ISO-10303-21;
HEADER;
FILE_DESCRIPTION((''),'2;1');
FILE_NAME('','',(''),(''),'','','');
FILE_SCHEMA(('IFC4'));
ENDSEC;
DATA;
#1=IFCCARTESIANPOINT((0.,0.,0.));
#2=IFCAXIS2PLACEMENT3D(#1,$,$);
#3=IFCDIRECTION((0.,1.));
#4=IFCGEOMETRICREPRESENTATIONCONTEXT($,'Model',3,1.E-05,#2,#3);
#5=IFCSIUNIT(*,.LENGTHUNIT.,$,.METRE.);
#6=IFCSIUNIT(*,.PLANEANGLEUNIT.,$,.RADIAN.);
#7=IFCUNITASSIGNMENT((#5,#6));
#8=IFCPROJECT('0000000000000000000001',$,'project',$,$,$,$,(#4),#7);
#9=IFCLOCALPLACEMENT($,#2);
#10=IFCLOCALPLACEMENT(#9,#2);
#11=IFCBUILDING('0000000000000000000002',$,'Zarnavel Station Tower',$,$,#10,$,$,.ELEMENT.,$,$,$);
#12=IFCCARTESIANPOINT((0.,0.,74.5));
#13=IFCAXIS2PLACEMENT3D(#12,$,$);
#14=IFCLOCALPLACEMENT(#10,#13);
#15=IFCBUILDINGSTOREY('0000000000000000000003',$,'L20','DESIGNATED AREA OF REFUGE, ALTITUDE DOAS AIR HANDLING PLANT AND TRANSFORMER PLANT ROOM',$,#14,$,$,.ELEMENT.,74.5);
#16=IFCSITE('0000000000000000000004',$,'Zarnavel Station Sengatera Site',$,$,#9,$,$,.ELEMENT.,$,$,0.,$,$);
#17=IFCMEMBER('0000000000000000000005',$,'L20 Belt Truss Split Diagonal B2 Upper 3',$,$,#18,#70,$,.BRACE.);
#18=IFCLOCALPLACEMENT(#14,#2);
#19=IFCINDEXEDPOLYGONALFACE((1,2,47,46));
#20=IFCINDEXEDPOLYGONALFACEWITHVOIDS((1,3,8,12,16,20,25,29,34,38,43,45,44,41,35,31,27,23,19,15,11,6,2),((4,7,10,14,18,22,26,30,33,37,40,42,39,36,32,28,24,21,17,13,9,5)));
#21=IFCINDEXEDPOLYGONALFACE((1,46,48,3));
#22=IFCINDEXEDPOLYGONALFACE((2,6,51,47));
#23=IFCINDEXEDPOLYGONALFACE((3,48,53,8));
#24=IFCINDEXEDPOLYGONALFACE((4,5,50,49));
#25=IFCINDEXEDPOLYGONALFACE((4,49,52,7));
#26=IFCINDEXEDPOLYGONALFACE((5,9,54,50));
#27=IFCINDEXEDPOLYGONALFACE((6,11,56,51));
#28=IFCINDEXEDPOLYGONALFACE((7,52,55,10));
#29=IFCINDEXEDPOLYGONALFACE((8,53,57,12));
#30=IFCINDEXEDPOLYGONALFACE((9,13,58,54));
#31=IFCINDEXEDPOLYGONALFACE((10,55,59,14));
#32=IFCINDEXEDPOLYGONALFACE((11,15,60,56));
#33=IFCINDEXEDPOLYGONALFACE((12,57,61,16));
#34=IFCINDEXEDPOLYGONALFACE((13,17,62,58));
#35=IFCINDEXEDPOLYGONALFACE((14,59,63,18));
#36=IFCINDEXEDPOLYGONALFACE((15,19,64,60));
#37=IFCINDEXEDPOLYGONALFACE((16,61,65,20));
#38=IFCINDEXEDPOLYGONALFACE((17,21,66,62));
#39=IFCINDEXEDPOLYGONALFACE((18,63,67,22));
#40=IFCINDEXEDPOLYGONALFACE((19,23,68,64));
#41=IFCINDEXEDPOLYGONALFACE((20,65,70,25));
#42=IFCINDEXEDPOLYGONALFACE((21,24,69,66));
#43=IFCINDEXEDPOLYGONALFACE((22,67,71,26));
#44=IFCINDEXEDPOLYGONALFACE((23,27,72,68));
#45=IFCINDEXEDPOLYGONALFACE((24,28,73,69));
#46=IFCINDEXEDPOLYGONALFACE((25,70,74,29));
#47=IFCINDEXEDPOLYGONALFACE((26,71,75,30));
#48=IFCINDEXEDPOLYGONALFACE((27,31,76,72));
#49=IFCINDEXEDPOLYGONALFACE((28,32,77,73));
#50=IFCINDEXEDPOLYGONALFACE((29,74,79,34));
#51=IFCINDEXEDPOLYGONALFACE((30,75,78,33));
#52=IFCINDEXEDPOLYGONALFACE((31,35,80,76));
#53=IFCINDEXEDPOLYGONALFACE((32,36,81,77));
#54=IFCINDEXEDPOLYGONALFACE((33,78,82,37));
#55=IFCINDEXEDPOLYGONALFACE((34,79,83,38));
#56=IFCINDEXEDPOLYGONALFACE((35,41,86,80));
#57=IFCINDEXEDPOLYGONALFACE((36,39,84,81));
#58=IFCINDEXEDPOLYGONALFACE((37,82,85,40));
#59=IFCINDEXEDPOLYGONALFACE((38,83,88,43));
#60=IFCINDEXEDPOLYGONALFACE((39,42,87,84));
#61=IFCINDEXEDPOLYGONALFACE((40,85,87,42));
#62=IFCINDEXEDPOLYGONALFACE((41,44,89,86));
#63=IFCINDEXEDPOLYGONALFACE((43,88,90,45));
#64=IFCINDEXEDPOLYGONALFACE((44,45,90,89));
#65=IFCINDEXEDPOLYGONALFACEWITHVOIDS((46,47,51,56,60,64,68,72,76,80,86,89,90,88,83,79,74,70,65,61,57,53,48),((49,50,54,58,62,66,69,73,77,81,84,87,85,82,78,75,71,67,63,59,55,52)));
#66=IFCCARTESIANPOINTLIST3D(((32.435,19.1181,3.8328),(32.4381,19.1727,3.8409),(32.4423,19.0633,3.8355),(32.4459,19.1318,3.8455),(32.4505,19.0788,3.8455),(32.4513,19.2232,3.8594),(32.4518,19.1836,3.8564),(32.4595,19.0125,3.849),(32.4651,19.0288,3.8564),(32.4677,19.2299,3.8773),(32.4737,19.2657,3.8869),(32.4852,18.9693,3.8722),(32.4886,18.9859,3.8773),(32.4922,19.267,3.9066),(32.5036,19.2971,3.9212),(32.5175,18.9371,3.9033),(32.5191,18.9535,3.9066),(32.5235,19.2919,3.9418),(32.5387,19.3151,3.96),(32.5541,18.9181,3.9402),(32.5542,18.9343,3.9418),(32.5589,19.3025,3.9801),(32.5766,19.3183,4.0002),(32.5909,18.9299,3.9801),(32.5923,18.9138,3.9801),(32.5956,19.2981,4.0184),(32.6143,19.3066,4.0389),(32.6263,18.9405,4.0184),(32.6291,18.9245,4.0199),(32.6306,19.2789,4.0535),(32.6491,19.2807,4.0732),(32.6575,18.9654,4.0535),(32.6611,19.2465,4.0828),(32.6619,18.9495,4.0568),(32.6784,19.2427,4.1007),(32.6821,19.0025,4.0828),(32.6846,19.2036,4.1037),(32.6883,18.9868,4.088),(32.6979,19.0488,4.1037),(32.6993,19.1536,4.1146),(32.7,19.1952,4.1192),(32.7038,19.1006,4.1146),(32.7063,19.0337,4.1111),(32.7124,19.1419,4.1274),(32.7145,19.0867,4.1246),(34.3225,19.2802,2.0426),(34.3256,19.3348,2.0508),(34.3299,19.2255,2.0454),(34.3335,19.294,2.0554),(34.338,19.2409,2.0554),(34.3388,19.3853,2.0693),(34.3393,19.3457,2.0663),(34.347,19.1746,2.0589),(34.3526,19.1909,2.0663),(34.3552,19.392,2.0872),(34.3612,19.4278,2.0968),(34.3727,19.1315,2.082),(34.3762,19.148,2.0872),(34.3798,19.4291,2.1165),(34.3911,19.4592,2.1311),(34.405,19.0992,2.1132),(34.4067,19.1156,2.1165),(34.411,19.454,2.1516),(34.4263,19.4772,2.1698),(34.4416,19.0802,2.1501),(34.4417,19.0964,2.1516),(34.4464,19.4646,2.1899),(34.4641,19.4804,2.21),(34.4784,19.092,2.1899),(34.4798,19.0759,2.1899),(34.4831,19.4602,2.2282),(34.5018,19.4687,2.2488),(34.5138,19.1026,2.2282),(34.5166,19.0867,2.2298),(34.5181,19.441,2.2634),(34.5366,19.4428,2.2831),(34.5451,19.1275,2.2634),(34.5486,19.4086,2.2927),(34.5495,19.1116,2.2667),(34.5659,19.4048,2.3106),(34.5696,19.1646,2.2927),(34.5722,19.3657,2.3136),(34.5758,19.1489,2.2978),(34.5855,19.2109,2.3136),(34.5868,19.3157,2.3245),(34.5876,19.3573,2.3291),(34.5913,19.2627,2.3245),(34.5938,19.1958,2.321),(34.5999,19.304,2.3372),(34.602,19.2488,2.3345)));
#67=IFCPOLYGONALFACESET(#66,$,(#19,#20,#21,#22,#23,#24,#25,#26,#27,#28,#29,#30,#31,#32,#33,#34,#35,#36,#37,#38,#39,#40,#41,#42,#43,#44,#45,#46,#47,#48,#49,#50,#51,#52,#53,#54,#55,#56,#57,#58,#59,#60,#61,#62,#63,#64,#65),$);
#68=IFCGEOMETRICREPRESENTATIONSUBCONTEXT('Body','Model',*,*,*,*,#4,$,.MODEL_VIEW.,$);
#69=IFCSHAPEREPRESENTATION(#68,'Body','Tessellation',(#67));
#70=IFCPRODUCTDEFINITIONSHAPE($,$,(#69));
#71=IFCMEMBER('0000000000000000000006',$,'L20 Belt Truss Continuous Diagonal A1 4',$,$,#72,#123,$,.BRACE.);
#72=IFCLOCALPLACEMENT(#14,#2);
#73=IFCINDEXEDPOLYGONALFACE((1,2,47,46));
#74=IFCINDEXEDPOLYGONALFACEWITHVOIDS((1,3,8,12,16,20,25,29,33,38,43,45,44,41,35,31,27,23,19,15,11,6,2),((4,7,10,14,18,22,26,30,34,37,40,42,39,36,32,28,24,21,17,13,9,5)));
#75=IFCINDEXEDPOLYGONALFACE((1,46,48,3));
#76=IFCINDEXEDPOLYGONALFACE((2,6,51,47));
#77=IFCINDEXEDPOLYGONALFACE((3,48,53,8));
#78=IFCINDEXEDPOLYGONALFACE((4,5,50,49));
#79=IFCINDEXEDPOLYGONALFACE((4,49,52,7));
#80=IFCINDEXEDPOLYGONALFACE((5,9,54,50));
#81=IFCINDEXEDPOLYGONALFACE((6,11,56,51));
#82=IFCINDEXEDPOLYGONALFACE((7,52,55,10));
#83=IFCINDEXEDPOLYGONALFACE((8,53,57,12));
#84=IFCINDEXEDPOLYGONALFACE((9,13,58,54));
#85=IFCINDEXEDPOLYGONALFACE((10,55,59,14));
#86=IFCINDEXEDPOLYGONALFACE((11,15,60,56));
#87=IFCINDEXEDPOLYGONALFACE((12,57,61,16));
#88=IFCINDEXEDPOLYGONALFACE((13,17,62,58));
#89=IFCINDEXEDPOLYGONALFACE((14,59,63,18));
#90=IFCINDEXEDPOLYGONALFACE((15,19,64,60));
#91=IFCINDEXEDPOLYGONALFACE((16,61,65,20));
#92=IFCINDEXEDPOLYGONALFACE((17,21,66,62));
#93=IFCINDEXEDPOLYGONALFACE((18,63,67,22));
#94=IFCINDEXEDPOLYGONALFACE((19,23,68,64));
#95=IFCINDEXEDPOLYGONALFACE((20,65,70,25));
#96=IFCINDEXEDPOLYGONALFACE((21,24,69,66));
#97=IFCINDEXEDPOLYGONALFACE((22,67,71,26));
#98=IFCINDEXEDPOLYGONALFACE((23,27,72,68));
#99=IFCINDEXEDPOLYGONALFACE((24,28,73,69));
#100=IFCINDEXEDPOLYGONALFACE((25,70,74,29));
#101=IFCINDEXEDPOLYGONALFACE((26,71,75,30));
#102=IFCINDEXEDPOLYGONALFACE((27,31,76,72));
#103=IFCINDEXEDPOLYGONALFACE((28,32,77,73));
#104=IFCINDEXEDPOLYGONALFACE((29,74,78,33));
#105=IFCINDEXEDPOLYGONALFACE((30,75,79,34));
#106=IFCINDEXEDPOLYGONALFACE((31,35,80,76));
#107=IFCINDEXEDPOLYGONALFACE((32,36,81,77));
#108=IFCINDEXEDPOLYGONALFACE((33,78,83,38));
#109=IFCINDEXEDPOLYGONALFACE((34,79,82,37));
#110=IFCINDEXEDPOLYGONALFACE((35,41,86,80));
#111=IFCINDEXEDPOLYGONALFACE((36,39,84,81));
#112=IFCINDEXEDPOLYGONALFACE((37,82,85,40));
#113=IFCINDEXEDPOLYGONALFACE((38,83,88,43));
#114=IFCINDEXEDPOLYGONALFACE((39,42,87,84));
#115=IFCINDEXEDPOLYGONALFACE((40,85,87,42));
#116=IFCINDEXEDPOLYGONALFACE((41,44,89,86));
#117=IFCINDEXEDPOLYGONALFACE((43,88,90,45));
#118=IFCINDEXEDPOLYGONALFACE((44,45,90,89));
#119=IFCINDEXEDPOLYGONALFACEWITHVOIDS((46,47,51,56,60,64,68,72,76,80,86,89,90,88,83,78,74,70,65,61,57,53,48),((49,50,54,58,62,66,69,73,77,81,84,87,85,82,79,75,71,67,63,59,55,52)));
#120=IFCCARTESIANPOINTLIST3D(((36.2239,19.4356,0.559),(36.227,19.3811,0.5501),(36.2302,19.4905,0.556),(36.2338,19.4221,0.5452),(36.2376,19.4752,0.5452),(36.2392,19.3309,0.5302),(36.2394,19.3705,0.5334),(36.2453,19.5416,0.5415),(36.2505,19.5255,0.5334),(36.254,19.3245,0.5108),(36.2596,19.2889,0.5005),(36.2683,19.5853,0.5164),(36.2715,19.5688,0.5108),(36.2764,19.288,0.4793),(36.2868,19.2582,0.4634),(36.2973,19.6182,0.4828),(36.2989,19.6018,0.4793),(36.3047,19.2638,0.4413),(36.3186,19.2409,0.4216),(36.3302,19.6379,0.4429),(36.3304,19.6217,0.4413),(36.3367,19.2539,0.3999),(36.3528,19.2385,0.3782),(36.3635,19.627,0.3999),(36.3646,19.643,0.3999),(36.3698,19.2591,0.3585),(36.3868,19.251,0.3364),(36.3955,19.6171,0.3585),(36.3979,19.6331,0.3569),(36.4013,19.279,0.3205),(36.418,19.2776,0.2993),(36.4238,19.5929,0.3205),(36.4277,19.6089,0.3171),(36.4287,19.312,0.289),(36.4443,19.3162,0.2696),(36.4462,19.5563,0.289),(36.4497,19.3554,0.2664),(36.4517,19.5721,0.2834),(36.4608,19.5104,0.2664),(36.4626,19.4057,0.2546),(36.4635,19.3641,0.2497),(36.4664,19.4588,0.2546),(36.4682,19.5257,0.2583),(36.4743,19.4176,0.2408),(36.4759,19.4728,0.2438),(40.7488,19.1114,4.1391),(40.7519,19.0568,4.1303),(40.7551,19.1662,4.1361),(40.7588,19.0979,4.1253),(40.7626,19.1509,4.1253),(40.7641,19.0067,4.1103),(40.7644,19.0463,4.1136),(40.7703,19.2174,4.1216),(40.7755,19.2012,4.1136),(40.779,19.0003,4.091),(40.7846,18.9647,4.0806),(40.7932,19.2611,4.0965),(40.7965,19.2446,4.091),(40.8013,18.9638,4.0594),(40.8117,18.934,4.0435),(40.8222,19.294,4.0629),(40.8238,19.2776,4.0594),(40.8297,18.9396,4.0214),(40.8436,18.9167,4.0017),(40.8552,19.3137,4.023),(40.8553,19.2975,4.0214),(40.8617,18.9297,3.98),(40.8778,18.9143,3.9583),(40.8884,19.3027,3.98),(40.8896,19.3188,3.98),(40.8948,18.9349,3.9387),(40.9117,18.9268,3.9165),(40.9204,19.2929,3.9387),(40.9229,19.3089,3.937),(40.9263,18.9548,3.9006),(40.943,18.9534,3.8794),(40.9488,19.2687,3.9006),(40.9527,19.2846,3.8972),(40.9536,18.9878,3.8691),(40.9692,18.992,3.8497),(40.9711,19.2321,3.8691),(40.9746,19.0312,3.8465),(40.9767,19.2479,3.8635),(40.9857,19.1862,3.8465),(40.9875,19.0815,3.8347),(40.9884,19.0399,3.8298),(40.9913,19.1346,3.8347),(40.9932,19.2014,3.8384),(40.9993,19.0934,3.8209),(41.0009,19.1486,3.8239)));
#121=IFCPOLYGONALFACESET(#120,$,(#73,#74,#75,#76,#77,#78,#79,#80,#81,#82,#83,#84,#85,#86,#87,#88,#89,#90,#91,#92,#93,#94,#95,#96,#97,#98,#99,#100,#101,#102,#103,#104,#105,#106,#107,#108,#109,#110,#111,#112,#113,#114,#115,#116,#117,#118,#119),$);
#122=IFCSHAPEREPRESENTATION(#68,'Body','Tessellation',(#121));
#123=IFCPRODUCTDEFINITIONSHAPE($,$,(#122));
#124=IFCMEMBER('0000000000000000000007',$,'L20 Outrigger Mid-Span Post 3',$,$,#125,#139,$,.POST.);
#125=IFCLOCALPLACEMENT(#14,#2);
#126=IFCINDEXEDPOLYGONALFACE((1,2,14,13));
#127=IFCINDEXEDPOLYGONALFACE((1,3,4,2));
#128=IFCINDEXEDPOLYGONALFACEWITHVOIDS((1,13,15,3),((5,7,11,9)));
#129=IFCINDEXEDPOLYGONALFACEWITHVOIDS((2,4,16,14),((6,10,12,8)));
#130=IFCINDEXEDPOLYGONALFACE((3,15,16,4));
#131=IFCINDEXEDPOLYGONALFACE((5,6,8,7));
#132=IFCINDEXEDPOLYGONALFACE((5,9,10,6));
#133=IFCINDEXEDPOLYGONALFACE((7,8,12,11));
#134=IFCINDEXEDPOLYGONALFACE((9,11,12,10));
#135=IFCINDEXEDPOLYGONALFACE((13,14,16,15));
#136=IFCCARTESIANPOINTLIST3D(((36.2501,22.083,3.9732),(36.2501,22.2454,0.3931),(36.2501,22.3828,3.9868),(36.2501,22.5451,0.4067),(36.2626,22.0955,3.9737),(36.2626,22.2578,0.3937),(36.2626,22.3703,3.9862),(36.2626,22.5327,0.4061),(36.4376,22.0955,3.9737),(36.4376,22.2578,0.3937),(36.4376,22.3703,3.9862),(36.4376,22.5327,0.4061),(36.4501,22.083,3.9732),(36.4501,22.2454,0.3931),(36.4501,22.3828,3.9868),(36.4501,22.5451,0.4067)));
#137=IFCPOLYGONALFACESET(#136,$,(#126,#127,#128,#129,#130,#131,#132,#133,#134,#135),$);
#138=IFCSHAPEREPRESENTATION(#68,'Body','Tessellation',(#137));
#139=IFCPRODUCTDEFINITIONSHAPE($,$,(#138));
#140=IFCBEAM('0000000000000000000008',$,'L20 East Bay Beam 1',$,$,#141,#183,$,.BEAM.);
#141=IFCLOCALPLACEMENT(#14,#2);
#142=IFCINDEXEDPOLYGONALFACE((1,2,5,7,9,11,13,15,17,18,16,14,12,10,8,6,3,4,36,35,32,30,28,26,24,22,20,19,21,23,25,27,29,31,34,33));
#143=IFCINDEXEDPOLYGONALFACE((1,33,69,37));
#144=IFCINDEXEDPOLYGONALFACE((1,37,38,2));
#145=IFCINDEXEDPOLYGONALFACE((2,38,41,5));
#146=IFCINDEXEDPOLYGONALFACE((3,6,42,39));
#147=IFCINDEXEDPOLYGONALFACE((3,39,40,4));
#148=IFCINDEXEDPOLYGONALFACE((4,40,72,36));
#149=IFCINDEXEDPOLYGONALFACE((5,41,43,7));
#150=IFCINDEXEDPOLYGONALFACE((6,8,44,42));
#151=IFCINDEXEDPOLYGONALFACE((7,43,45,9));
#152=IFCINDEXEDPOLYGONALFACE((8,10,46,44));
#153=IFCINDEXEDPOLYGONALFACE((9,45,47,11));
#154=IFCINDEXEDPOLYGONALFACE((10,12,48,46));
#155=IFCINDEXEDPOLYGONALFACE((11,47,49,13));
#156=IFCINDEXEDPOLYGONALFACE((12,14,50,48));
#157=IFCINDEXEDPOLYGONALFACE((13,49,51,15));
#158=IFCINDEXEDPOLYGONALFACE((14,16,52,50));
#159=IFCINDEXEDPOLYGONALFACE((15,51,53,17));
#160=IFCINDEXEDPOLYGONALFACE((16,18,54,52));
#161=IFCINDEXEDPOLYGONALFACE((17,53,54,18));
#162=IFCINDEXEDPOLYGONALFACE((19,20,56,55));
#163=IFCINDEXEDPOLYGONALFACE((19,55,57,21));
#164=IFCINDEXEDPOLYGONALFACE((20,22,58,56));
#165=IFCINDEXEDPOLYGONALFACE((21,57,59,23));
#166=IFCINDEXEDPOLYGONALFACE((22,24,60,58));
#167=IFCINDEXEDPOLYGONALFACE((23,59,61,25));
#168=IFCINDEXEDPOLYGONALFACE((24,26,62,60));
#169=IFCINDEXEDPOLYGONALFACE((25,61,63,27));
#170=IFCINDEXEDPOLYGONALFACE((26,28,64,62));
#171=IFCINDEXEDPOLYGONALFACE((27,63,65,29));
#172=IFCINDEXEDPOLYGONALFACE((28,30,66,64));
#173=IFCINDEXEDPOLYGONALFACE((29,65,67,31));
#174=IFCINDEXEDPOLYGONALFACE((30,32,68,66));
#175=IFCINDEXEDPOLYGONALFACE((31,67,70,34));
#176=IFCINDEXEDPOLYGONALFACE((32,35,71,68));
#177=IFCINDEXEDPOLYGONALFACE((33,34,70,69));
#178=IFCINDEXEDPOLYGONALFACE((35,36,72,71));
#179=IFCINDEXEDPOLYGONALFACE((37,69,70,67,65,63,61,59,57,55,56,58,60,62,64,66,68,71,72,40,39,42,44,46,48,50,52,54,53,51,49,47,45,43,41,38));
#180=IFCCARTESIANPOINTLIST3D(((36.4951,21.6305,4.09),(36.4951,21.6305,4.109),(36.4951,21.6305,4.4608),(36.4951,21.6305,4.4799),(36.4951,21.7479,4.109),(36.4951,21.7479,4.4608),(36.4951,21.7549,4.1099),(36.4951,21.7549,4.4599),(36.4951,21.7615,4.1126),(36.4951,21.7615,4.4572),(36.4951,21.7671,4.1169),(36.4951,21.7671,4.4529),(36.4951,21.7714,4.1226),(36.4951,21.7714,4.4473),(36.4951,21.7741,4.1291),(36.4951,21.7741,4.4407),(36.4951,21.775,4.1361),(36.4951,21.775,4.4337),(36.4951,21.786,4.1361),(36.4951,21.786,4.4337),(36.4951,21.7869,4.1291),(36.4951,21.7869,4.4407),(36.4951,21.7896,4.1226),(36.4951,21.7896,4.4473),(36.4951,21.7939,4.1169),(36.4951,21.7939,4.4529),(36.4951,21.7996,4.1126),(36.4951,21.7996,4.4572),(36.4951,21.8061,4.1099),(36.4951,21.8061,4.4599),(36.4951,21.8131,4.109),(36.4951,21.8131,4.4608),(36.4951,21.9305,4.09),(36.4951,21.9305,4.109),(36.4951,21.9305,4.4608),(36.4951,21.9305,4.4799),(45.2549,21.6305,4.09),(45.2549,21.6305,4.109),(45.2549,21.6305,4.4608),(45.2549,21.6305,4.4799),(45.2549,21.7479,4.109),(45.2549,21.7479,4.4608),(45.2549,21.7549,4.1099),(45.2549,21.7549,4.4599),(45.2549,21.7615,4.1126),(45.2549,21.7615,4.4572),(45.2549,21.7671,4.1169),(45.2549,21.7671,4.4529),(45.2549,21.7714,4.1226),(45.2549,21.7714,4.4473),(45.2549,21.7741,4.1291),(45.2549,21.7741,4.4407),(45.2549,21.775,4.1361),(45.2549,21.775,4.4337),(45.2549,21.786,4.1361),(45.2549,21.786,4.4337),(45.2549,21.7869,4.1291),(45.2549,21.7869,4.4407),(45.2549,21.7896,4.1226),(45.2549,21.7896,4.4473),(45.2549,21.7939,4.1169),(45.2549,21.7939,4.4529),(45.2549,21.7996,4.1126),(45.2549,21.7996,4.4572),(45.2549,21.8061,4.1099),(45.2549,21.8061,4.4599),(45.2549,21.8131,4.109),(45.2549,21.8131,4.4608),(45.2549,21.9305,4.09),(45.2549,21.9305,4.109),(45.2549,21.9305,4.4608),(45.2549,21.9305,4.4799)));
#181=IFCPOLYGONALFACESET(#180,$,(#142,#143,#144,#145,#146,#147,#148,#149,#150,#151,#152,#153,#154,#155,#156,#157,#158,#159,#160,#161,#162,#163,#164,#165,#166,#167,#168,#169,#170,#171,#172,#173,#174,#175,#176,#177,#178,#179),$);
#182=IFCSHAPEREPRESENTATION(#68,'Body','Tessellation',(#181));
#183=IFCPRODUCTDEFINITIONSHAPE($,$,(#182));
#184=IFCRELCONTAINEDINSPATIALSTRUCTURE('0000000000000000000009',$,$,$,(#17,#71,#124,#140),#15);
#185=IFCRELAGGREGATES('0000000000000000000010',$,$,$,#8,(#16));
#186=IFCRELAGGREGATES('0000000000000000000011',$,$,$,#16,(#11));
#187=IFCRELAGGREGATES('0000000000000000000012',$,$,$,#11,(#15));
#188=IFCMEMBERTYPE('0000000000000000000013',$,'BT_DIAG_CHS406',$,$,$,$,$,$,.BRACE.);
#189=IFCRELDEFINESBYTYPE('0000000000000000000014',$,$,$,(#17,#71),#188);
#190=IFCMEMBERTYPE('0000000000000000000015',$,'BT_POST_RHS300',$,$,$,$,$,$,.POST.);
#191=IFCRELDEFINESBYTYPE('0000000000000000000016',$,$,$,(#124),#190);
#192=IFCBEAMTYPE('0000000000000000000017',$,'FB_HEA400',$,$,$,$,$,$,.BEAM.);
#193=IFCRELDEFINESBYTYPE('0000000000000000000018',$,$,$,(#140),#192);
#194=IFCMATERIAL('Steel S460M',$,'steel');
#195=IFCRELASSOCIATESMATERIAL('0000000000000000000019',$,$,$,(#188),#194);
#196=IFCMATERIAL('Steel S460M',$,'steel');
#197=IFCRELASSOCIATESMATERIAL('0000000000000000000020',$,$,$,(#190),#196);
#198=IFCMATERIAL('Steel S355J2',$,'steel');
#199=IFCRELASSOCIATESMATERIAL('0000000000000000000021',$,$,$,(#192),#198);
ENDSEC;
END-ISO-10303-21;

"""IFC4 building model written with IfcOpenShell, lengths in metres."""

from ifc_helpers import new_model, si_unit, direction, frame, origin, origin_2d, place, context, subcontext, project, spatial, hollow_rectangle, hollow_circle, i_section, extrude, material, material_profile, profile_set, type_object, element, save


model = new_model("IFC4")

# Units and contexts
model_context = context("Model", 3, precision=1e-05, world=origin(), true_north=direction((0.0, 1.0)))
body_context = subcontext(model_context, "Body", "Model", "MODEL_VIEW")
ifc_project = project(units=[si_unit("LENGTHUNIT", "METRE"), si_unit("PLANEANGLEUNIT", "RADIAN")], contexts=[model_context])

# Site, building, storey
site_placement = place(None, origin())
site = spatial("IfcSite", under=ifc_project, at=site_placement, Name="Zarnavel Station Sengatera Site", CompositionType="ELEMENT", RefElevation=0.0)
building_placement = place(site_placement, origin())
building = spatial("IfcBuilding", under=site, at=building_placement, Name="Zarnavel Station Tower", CompositionType="ELEMENT")
storey_placement = place(building_placement, frame((0.0, 0.0, 74.5)))
storey = spatial("IfcBuildingStorey", under=building, at=storey_placement, Name="L20", Description="DESIGNATED AREA OF REFUGE, ALTITUDE DOAS AIR HANDLING PLANT AND TRANSFORMER PLANT ROOM", CompositionType="ELEMENT", Elevation=74.5)

# Members
ifc_material_1 = material(Name="Steel S460M", Category="steel")
ifc_material_profile_1 = material_profile(ifc_material_1, hollow_circle(Radius=0.2031, WallThickness=0.0161, at=origin_2d()), Name="CHS406.4x16")
ifc_profile_set_1 = profile_set([ifc_material_profile_1], Name="Steel S460M")
member_type_1 = type_object("IfcMemberType", Name="BT_DIAG_CHS406", PredefinedType="BRACE", material=ifc_profile_set_1)
for number, where, z_axis, x_axis, name in (
    (1, (34.4624, 19.2783, 2.1899), (-0.724178, -0.062198, 0.686803), (0.085573, -0.996332, 0.0), "L20 Belt Truss Split Diagonal B2 Upper 3"),
):
    element("IfcMember", number, at=place(storey_placement, frame(where, z_axis=z_axis, x_axis=x_axis)), inside=storey, type_object=member_type_1, Name=name, PredefinedType="BRACE", context=body_context, shape_type="SweptSolid", body=[
        extrude(hollow_circle(Radius=0.2031, WallThickness=0.0161, at=origin_2d()), origin(), (0.0, 0.0, 1.0), 2.6064),
    ])
member_1_placement = place(storey_placement, frame((36.3501, 19.4404, 0.3999), z_axis=(0.782991, -0.056103, 0.619498), x_axis=(0.071469, 0.997443, 0.0)))
element("IfcMember", 2, at=member_1_placement, inside=storey, type_object=member_type_1, Name="L20 Belt Truss Continuous Diagonal A1 4", PredefinedType="BRACE", context=body_context, shape_type="SweptSolid", body=[
    extrude(hollow_circle(Radius=0.2031, WallThickness=0.0161, at=origin_2d()), origin(), (0.0, 0.0, 1.0), 5.7791),
])
ifc_material_2 = material(Name="Steel S460M", Category="steel")
ifc_material_profile_2 = material_profile(ifc_material_2, hollow_rectangle(XDim=0.2, YDim=0.3, WallThickness=0.0125, at=origin_2d()), Name="RHS300x200x12.5")
ifc_profile_set_2 = profile_set([ifc_material_profile_2], Name="Steel S460M")
member_type_2 = type_object("IfcMemberType", Name="BT_POST_RHS300", PredefinedType="POST", material=ifc_profile_set_2)
member_2_placement = place(storey_placement, frame((36.3501, 22.3953, 0.3999), z_axis=(0.0, -0.045303, 0.998973), x_axis=(1.0, 0.0, 0.0)))
element("IfcMember", 3, at=member_2_placement, inside=storey, type_object=member_type_2, Name="L20 Outrigger Mid-Span Post 3", PredefinedType="POST", context=body_context, shape_type="SweptSolid", body=[
    extrude(hollow_rectangle(XDim=0.2, YDim=0.3, WallThickness=0.0125, at=origin_2d()), origin(), (0.0, 0.0, 1.0), 3.5837),
])

# Beam
ifc_material_3 = material(Name="Steel S355J2", Category="steel")
ifc_material_profile_3 = material_profile(ifc_material_3, i_section(OverallWidth=0.3, OverallDepth=0.3899, WebThickness=0.011, FlangeThickness=0.019, FilletRadius=0.0271, at=origin_2d()), Name="HEA400")
ifc_profile_set_3 = profile_set([ifc_material_profile_3], Name="Steel S355J2")
beam_type = type_object("IfcBeamType", Name="FB_HEA400", PredefinedType="BEAM", material=ifc_profile_set_3)
beam_placement = place(storey_placement, frame((36.4951, 21.7805, 4.2849), z_axis=(1.0, 0.0, 0.0), x_axis=(0.0, 1.0, 0.0)))
element("IfcBeam", 4, at=beam_placement, inside=storey, type_object=beam_type, Name="L20 East Bay Beam 1", PredefinedType="BEAM", context=body_context, shape_type="SweptSolid", body=[
    extrude(i_section(OverallWidth=0.3, OverallDepth=0.3899, WebThickness=0.011, FlangeThickness=0.019, FilletRadius=0.0271, at=origin_2d()), origin(), (0.0, 0.0, 1.0), 8.7598),
])

save(model, "model.ifc")
